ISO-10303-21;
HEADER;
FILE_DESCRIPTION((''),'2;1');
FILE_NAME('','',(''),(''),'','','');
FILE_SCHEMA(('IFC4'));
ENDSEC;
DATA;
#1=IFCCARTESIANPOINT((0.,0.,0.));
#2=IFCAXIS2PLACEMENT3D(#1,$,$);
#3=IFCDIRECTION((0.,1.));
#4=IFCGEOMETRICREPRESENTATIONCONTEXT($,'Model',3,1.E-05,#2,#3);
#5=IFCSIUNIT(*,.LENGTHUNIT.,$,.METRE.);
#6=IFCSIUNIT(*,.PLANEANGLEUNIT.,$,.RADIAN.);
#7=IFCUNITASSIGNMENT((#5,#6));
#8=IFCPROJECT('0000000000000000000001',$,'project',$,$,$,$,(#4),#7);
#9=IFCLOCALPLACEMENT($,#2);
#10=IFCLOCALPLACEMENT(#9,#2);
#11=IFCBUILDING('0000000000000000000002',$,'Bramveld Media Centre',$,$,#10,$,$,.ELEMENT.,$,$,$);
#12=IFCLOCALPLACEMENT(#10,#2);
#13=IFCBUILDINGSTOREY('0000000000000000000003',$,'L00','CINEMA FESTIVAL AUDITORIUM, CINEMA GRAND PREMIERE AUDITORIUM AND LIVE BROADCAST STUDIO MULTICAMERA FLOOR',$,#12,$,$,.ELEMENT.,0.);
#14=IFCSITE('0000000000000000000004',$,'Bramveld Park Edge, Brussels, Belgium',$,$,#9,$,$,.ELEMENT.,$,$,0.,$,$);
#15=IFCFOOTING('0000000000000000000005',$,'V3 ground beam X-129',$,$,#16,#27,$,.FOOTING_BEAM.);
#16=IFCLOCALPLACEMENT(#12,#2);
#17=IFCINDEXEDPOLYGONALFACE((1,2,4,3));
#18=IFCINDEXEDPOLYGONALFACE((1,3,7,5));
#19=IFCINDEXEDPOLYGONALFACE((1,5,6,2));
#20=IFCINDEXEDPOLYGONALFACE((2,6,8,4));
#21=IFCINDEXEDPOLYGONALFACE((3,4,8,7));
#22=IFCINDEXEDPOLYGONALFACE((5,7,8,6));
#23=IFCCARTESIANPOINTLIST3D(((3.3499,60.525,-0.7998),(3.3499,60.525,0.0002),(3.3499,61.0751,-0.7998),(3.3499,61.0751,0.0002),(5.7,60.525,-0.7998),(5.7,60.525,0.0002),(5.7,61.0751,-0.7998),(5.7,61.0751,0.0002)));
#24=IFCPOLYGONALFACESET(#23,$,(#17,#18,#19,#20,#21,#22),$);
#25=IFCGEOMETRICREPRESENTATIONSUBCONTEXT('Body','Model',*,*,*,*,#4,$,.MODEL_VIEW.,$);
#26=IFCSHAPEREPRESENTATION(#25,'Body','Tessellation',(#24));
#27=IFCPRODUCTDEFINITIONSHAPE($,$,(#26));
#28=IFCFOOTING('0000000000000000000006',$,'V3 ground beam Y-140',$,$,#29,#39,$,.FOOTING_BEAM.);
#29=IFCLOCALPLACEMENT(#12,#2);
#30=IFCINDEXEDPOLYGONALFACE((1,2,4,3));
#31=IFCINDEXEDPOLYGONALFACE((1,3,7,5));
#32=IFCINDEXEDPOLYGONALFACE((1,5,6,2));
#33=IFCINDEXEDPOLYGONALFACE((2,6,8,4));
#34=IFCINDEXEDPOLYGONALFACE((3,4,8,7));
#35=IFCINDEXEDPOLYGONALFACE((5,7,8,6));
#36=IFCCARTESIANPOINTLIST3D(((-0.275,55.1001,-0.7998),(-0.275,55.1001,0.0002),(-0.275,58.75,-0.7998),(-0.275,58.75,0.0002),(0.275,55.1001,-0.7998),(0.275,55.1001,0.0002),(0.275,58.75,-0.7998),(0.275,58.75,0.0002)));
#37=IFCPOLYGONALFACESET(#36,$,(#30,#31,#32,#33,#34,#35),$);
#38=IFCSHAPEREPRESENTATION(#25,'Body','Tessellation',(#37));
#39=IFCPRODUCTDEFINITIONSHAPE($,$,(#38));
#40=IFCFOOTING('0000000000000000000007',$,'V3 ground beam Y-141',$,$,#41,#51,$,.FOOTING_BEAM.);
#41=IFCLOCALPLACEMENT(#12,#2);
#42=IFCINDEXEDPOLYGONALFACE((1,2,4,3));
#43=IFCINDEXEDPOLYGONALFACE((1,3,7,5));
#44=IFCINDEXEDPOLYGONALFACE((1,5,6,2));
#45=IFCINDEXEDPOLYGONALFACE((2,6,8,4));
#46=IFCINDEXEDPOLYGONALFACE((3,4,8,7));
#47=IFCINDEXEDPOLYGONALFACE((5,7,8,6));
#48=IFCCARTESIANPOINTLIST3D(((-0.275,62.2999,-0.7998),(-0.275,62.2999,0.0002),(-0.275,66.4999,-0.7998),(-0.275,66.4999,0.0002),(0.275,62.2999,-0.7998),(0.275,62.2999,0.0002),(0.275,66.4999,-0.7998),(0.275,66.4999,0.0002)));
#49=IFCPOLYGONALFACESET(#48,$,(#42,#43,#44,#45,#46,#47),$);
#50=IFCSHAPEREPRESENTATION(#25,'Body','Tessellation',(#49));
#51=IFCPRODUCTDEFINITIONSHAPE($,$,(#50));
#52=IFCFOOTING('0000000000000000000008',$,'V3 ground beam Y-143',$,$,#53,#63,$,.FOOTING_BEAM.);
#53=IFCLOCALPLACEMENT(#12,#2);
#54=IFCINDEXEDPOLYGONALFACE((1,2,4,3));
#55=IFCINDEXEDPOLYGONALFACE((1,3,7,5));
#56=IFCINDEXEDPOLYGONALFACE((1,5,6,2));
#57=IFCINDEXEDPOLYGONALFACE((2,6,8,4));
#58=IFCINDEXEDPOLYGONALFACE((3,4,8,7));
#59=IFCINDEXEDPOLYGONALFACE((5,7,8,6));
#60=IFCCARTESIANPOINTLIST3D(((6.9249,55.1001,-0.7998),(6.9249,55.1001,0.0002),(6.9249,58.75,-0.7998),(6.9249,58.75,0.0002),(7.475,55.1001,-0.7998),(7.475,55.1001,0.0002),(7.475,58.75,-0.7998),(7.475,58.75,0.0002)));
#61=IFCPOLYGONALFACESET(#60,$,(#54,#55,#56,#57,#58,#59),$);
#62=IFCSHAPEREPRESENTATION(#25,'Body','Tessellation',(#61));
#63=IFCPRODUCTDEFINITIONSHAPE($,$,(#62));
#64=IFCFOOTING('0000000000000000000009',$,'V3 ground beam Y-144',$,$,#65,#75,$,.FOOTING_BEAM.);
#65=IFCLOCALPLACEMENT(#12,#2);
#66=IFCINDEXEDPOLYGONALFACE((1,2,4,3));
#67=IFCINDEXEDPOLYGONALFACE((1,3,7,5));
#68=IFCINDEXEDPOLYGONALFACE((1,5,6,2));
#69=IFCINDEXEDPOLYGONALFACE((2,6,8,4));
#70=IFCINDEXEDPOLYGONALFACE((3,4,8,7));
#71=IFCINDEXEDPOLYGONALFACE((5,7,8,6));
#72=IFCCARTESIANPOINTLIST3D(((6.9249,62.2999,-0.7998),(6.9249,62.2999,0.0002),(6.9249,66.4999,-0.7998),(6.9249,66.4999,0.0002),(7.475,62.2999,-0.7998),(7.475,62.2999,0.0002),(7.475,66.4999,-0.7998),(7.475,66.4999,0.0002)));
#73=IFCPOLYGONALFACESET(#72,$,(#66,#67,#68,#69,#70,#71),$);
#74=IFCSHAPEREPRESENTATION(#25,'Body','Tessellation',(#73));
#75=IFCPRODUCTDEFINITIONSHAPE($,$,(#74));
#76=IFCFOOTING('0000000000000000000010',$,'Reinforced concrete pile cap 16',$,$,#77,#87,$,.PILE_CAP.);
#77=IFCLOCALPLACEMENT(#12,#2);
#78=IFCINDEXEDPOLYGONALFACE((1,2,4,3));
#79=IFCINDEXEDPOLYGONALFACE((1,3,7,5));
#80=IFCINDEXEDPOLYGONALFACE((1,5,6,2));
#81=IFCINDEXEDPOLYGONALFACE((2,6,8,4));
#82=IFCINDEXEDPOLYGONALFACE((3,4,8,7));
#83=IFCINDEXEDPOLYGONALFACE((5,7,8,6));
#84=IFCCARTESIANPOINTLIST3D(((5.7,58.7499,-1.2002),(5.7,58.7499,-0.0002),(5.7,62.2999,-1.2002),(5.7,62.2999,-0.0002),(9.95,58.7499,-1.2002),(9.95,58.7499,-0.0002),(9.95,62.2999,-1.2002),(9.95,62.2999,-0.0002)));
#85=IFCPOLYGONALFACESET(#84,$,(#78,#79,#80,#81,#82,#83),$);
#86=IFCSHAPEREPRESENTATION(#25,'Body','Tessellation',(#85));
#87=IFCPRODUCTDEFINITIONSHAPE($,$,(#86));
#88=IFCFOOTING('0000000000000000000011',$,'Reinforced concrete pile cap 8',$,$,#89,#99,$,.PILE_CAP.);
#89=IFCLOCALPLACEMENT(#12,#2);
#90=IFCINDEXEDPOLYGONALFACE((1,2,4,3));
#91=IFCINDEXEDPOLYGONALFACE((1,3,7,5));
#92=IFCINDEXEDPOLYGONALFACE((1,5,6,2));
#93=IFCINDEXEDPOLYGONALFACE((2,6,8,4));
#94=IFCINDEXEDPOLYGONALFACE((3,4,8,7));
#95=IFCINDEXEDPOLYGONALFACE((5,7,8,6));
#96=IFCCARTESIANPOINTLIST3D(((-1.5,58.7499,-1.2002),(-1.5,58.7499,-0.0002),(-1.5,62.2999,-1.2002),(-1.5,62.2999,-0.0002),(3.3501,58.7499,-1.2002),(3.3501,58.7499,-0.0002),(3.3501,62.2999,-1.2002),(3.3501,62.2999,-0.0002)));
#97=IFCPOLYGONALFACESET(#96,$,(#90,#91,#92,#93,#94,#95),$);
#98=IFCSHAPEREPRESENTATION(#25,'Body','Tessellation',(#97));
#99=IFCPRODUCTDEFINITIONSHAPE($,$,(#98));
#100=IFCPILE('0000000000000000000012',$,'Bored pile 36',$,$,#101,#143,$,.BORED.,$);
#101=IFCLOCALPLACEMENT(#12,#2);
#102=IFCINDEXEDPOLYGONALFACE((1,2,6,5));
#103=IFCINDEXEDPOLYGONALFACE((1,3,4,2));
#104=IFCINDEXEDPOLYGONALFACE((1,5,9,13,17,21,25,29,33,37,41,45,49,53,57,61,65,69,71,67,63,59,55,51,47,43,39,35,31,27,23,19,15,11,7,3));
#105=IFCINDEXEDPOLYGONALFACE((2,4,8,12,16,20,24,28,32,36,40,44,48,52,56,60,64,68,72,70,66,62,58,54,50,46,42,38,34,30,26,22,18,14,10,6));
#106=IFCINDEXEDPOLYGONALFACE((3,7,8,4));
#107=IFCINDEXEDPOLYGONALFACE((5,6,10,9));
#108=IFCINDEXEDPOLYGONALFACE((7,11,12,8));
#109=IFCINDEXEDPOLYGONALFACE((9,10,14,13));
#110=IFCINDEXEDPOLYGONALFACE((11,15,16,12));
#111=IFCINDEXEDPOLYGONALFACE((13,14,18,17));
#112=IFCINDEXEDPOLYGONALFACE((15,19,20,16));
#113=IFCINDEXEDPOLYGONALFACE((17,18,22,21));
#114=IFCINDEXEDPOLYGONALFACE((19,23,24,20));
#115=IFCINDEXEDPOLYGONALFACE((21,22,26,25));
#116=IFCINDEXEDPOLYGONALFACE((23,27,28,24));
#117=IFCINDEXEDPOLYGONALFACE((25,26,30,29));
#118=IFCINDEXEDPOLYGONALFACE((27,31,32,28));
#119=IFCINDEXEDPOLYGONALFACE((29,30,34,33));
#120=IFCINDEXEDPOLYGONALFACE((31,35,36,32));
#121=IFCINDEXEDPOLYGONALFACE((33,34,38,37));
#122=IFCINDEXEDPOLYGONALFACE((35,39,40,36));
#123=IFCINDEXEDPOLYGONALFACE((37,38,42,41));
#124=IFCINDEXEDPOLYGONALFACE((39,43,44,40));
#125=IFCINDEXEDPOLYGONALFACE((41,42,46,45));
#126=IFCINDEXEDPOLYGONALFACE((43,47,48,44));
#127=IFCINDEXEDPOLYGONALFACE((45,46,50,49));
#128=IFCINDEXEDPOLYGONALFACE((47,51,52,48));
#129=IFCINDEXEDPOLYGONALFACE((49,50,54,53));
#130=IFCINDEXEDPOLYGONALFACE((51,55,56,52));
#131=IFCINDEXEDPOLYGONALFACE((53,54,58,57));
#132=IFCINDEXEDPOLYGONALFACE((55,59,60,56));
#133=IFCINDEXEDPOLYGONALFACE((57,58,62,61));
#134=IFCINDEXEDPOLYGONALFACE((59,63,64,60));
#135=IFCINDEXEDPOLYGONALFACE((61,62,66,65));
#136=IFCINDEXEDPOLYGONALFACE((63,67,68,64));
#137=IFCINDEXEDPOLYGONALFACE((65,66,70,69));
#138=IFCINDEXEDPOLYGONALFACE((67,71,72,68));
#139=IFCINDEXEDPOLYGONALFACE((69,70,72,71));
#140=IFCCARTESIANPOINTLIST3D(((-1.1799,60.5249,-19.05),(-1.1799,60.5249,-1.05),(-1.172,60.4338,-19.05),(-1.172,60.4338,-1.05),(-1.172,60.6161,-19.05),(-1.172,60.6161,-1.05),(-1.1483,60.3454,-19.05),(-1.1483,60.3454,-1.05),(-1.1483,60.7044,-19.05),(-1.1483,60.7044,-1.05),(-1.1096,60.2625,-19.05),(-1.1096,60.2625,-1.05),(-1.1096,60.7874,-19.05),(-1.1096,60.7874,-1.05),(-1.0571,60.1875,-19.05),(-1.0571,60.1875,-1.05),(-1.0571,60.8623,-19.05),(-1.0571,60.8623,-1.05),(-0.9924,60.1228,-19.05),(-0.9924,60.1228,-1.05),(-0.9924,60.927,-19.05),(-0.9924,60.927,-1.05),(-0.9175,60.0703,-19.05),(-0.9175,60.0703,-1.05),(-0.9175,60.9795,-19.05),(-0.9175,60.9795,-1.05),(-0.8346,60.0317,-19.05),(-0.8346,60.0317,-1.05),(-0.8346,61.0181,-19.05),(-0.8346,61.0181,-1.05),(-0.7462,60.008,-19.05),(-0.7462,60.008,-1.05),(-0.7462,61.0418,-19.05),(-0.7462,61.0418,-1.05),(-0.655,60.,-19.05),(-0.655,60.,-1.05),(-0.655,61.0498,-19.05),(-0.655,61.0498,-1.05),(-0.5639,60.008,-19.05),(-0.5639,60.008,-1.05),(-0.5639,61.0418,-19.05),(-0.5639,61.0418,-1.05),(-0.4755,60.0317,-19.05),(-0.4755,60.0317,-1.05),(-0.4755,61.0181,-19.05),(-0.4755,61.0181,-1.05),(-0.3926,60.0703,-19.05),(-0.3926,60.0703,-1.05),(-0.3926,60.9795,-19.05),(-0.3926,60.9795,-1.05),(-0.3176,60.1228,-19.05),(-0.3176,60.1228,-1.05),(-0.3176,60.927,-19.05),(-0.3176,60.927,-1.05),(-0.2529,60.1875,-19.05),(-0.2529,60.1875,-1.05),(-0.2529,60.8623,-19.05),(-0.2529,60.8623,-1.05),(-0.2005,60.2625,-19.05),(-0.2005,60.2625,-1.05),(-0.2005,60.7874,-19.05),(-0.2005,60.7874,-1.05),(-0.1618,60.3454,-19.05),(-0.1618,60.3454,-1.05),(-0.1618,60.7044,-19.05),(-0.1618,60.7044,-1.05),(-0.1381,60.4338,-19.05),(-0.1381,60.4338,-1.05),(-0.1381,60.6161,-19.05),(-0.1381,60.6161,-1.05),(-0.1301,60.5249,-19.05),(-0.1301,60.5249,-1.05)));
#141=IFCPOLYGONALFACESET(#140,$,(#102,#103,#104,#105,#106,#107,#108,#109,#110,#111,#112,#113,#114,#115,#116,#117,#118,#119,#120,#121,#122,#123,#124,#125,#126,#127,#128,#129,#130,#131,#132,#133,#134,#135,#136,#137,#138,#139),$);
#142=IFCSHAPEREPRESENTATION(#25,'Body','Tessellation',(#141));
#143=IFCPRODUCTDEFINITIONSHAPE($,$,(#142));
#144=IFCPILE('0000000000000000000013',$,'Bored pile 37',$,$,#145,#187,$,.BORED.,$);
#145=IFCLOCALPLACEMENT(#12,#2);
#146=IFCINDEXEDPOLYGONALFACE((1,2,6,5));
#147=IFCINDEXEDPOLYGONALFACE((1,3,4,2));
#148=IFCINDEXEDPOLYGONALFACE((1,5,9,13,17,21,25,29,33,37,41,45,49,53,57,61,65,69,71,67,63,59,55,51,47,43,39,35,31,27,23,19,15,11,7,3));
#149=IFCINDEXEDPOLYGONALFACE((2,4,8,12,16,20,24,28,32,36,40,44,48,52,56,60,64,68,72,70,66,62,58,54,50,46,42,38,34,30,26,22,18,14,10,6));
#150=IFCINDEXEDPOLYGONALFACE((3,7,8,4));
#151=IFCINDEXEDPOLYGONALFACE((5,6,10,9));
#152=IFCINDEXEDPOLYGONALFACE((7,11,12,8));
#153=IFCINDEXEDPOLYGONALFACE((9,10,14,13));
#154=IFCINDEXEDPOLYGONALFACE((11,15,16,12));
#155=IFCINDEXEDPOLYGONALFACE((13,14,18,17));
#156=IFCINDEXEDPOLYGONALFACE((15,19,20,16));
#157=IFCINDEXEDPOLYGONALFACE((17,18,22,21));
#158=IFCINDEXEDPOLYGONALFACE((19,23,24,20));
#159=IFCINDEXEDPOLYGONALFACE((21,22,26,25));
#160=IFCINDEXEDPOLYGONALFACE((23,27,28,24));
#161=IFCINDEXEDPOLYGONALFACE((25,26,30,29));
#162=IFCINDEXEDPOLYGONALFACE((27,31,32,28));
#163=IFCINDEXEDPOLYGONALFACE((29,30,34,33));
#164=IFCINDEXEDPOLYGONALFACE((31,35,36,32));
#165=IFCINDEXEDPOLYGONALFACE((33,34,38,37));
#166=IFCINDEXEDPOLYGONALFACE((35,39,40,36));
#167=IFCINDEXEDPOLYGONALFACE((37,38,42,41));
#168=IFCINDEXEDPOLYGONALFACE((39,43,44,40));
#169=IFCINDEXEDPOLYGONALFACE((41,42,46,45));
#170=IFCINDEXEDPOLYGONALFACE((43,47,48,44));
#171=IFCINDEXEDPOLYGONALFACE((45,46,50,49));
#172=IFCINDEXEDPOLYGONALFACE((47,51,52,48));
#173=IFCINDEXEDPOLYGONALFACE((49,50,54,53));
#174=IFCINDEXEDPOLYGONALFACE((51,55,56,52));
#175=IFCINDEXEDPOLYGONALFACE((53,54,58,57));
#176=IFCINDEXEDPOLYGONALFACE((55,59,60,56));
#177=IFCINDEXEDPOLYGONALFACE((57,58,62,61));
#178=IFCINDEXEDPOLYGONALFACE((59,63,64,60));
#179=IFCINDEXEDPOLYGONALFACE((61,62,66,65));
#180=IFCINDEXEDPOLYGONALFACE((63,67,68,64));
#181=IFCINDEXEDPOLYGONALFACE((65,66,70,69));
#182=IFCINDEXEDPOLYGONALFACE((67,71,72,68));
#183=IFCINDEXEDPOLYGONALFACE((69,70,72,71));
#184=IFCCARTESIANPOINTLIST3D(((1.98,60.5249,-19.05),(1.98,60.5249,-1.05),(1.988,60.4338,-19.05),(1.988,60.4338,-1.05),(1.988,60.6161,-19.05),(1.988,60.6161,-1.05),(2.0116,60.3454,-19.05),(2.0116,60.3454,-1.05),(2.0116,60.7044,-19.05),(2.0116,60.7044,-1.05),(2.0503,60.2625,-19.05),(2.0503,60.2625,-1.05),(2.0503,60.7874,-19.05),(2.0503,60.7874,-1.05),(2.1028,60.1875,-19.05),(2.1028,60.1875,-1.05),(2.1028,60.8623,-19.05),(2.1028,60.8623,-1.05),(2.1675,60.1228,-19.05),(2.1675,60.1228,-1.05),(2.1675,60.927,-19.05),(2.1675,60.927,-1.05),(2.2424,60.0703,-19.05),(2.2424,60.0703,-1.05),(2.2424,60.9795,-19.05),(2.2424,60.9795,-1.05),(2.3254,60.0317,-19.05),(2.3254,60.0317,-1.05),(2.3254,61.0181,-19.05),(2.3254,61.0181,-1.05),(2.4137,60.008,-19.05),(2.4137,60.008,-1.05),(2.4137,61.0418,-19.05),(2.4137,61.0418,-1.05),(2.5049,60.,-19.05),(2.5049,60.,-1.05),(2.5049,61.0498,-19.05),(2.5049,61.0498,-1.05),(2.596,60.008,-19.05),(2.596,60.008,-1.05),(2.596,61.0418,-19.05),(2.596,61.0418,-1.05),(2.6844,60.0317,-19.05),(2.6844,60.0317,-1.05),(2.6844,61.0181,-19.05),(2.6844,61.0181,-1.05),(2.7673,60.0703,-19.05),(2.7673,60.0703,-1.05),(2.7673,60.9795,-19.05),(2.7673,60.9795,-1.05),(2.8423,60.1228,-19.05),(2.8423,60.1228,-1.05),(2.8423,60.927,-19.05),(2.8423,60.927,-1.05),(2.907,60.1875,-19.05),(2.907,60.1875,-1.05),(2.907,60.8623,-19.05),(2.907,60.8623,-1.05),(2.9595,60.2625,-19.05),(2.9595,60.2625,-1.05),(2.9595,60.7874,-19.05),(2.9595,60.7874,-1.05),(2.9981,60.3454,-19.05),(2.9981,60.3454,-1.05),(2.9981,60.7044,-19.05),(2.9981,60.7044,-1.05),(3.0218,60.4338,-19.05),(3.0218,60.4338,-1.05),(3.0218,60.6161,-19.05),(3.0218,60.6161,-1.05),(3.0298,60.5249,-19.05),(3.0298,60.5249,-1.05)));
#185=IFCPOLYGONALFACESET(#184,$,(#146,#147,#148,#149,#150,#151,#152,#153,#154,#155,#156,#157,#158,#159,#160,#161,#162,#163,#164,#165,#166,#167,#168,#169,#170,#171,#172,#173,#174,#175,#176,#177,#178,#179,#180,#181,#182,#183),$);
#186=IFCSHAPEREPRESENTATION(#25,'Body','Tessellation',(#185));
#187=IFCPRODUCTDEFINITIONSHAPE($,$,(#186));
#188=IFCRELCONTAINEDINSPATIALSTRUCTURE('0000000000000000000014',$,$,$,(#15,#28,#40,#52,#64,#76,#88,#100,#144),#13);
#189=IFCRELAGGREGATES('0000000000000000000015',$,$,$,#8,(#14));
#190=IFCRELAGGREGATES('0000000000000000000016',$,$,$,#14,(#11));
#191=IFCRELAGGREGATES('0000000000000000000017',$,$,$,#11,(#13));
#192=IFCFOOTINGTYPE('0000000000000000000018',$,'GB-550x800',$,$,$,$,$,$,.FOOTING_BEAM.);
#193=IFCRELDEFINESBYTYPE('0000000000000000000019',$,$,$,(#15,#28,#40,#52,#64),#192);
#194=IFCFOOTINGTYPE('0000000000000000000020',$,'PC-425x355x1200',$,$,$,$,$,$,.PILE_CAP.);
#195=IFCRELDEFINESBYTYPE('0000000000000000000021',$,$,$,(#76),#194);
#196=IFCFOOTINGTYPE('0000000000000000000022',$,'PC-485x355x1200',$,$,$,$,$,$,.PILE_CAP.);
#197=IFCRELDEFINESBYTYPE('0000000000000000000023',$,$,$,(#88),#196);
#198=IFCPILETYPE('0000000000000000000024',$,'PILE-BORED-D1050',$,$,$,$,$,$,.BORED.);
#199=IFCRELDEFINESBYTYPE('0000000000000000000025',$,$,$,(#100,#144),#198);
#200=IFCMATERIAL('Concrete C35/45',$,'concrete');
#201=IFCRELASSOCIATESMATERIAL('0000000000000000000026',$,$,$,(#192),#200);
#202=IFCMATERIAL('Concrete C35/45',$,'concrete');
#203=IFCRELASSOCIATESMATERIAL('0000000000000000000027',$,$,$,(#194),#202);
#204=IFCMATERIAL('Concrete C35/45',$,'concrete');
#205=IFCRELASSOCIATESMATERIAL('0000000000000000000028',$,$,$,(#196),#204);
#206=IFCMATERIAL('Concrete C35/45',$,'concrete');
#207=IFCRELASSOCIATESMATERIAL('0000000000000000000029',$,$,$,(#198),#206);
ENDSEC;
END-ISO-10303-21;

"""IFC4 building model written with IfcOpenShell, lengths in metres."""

from ifc_helpers import new_model, si_unit, direction, frame, origin, origin_2d, place, context, subcontext, project, spatial, rectangle, circle, extrude, material, material_profile, profile_set, type_object, element, save


model = new_model("IFC4")

# Units and contexts
model_context = context("Model", 3, precision=1e-05, world=origin(), true_north=direction((0.0, 1.0)))
body_context = subcontext(model_context, "Body", "Model", "MODEL_VIEW")
ifc_project = project(units=[si_unit("LENGTHUNIT", "METRE"), si_unit("PLANEANGLEUNIT", "RADIAN")], contexts=[model_context])

# Site, building, storey
site_placement = place(None, origin())
site = spatial("IfcSite", under=ifc_project, at=site_placement, Name="Bramveld Park Edge, Brussels, Belgium", CompositionType="ELEMENT", RefElevation=0.0)
building_placement = place(site_placement, origin())
building = spatial("IfcBuilding", under=site, at=building_placement, Name="Bramveld Media Centre", CompositionType="ELEMENT")
storey_placement = place(building_placement, origin())
storey = spatial("IfcBuildingStorey", under=building, at=storey_placement, Name="L00", Description="CINEMA FESTIVAL AUDITORIUM, CINEMA GRAND PREMIERE AUDITORIUM AND LIVE BROADCAST STUDIO MULTICAMERA FLOOR", CompositionType="ELEMENT", Elevation=0.0)

# Footings
ifc_material_1 = material(Name="Concrete C35/45", Category="concrete")
footing_type_1 = type_object("IfcFootingType", Name="GB-550x800", PredefinedType="FOOTING_BEAM", material=ifc_material_1)
footing_1_placement = place(storey_placement, frame((4.5249, 60.8, -0.7998), z_axis=(0.0, 0.0, 1.0), x_axis=(1.0, 0.0, 0.0)))
element("IfcFooting", 1, at=footing_1_placement, inside=storey, type_object=footing_type_1, Name="V3 ground beam X-129", PredefinedType="FOOTING_BEAM", context=body_context, shape_type="SweptSolid", body=[
    extrude(rectangle(XDim=2.3501, YDim=0.55, at=origin_2d()), origin(), (0.0, 0.0, 1.0), 0.8),
])
footing_2_placement = place(storey_placement, frame((0.0, 56.925, -0.7998), z_axis=(0.0, 0.0, 1.0), x_axis=(1.0, 0.0, 0.0)))
element("IfcFooting", 2, at=footing_2_placement, inside=storey, type_object=footing_type_1, Name="V3 ground beam Y-140", PredefinedType="FOOTING_BEAM", context=body_context, shape_type="SweptSolid", body=[
    extrude(rectangle(XDim=0.55, YDim=3.6499, at=origin_2d()), origin(), (0.0, 0.0, 1.0), 0.8),
])
footing_3_placement = place(storey_placement, frame((0.0, 64.3999, -0.7998), z_axis=(0.0, 0.0, 1.0), x_axis=(1.0, 0.0, 0.0)))
element("IfcFooting", 3, at=footing_3_placement, inside=storey, type_object=footing_type_1, Name="V3 ground beam Y-141", PredefinedType="FOOTING_BEAM", context=body_context, shape_type="SweptSolid", body=[
    extrude(rectangle(XDim=0.55, YDim=4.2, at=origin_2d()), origin(), (0.0, 0.0, 1.0), 0.8),
])
footing_4_placement = place(storey_placement, frame((7.2, 56.925, -0.7998), z_axis=(0.0, 0.0, 1.0), x_axis=(1.0, 0.0, 0.0)))
element("IfcFooting", 4, at=footing_4_placement, inside=storey, type_object=footing_type_1, Name="V3 ground beam Y-143", PredefinedType="FOOTING_BEAM", context=body_context, shape_type="SweptSolid", body=[
    extrude(rectangle(XDim=0.55, YDim=3.6499, at=origin_2d()), origin(), (0.0, 0.0, 1.0), 0.8),
])
footing_5_placement = place(storey_placement, frame((7.2, 64.3999, -0.7998), z_axis=(0.0, 0.0, 1.0), x_axis=(1.0, 0.0, 0.0)))
element("IfcFooting", 5, at=footing_5_placement, inside=storey, type_object=footing_type_1, Name="V3 ground beam Y-144", PredefinedType="FOOTING_BEAM", context=body_context, shape_type="SweptSolid", body=[
    extrude(rectangle(XDim=0.55, YDim=4.2, at=origin_2d()), origin(), (0.0, 0.0, 1.0), 0.8),
])
ifc_material_2 = material(Name="Concrete C35/45", Category="concrete")
footing_type_2 = type_object("IfcFootingType", Name="PC-425x355x1200", PredefinedType="PILE_CAP", material=ifc_material_2)
footing_6_placement = place(storey_placement, frame((7.825, 60.5249, -1.2002), z_axis=(0.0, 0.0, 1.0), x_axis=(1.0, 0.0, 0.0)))
element("IfcFooting", 6, at=footing_6_placement, inside=storey, type_object=footing_type_2, Name="Reinforced concrete pile cap 16", PredefinedType="PILE_CAP", context=body_context, shape_type="SweptSolid", body=[
    extrude(rectangle(XDim=4.25, YDim=3.55, at=origin_2d()), origin(), (0.0, 0.0, 1.0), 1.2),
])
ifc_material_3 = material(Name="Concrete C35/45", Category="concrete")
footing_type_3 = type_object("IfcFootingType", Name="PC-485x355x1200", PredefinedType="PILE_CAP", material=ifc_material_3)
footing_7_placement = place(storey_placement, frame((0.925, 60.5249, -1.2002), z_axis=(0.0, 0.0, 1.0), x_axis=(1.0, 0.0, 0.0)))
element("IfcFooting", 7, at=footing_7_placement, inside=storey, type_object=footing_type_3, Name="Reinforced concrete pile cap 8", PredefinedType="PILE_CAP", context=body_context, shape_type="SweptSolid", body=[
    extrude(rectangle(XDim=4.8501, YDim=3.55, at=origin_2d()), origin(), (0.0, 0.0, 1.0), 1.2),
])

# Piles
ifc_material_4 = material(Name="Concrete C35/45", Category="concrete")
ifc_material_profile_1 = material_profile(ifc_material_4, circle(Radius=0.5249, at=origin_2d()), Name="BORED D1050")
ifc_profile_set_1 = profile_set([ifc_material_profile_1], Name="Concrete C35/45")
pile_type = type_object("IfcPileType", Name="PILE-BORED-D1050", PredefinedType="BORED", material=ifc_profile_set_1)
for number, where, z_axis, x_axis, name in (
    (8, (-0.655, 60.5249, -1.05), (0.0, 0.0, -1.0), (1.0, 0.0, 0.0), "Bored pile 36"),
    (9, (2.5049, 60.5249, -1.05), (0.0, 0.0, -1.0), (1.0, 0.0, 0.0), "Bored pile 37"),
):
    element("IfcPile", number, at=place(storey_placement, frame(where, z_axis=z_axis, x_axis=x_axis)), inside=storey, type_object=pile_type, Name=name, PredefinedType="BORED", context=body_context, shape_type="SweptSolid", body=[
        extrude(circle(Radius=0.5249, at=origin_2d()), origin(), (0.0, 0.0, 1.0), 18.0),
    ])

save(model, "model.ifc")
